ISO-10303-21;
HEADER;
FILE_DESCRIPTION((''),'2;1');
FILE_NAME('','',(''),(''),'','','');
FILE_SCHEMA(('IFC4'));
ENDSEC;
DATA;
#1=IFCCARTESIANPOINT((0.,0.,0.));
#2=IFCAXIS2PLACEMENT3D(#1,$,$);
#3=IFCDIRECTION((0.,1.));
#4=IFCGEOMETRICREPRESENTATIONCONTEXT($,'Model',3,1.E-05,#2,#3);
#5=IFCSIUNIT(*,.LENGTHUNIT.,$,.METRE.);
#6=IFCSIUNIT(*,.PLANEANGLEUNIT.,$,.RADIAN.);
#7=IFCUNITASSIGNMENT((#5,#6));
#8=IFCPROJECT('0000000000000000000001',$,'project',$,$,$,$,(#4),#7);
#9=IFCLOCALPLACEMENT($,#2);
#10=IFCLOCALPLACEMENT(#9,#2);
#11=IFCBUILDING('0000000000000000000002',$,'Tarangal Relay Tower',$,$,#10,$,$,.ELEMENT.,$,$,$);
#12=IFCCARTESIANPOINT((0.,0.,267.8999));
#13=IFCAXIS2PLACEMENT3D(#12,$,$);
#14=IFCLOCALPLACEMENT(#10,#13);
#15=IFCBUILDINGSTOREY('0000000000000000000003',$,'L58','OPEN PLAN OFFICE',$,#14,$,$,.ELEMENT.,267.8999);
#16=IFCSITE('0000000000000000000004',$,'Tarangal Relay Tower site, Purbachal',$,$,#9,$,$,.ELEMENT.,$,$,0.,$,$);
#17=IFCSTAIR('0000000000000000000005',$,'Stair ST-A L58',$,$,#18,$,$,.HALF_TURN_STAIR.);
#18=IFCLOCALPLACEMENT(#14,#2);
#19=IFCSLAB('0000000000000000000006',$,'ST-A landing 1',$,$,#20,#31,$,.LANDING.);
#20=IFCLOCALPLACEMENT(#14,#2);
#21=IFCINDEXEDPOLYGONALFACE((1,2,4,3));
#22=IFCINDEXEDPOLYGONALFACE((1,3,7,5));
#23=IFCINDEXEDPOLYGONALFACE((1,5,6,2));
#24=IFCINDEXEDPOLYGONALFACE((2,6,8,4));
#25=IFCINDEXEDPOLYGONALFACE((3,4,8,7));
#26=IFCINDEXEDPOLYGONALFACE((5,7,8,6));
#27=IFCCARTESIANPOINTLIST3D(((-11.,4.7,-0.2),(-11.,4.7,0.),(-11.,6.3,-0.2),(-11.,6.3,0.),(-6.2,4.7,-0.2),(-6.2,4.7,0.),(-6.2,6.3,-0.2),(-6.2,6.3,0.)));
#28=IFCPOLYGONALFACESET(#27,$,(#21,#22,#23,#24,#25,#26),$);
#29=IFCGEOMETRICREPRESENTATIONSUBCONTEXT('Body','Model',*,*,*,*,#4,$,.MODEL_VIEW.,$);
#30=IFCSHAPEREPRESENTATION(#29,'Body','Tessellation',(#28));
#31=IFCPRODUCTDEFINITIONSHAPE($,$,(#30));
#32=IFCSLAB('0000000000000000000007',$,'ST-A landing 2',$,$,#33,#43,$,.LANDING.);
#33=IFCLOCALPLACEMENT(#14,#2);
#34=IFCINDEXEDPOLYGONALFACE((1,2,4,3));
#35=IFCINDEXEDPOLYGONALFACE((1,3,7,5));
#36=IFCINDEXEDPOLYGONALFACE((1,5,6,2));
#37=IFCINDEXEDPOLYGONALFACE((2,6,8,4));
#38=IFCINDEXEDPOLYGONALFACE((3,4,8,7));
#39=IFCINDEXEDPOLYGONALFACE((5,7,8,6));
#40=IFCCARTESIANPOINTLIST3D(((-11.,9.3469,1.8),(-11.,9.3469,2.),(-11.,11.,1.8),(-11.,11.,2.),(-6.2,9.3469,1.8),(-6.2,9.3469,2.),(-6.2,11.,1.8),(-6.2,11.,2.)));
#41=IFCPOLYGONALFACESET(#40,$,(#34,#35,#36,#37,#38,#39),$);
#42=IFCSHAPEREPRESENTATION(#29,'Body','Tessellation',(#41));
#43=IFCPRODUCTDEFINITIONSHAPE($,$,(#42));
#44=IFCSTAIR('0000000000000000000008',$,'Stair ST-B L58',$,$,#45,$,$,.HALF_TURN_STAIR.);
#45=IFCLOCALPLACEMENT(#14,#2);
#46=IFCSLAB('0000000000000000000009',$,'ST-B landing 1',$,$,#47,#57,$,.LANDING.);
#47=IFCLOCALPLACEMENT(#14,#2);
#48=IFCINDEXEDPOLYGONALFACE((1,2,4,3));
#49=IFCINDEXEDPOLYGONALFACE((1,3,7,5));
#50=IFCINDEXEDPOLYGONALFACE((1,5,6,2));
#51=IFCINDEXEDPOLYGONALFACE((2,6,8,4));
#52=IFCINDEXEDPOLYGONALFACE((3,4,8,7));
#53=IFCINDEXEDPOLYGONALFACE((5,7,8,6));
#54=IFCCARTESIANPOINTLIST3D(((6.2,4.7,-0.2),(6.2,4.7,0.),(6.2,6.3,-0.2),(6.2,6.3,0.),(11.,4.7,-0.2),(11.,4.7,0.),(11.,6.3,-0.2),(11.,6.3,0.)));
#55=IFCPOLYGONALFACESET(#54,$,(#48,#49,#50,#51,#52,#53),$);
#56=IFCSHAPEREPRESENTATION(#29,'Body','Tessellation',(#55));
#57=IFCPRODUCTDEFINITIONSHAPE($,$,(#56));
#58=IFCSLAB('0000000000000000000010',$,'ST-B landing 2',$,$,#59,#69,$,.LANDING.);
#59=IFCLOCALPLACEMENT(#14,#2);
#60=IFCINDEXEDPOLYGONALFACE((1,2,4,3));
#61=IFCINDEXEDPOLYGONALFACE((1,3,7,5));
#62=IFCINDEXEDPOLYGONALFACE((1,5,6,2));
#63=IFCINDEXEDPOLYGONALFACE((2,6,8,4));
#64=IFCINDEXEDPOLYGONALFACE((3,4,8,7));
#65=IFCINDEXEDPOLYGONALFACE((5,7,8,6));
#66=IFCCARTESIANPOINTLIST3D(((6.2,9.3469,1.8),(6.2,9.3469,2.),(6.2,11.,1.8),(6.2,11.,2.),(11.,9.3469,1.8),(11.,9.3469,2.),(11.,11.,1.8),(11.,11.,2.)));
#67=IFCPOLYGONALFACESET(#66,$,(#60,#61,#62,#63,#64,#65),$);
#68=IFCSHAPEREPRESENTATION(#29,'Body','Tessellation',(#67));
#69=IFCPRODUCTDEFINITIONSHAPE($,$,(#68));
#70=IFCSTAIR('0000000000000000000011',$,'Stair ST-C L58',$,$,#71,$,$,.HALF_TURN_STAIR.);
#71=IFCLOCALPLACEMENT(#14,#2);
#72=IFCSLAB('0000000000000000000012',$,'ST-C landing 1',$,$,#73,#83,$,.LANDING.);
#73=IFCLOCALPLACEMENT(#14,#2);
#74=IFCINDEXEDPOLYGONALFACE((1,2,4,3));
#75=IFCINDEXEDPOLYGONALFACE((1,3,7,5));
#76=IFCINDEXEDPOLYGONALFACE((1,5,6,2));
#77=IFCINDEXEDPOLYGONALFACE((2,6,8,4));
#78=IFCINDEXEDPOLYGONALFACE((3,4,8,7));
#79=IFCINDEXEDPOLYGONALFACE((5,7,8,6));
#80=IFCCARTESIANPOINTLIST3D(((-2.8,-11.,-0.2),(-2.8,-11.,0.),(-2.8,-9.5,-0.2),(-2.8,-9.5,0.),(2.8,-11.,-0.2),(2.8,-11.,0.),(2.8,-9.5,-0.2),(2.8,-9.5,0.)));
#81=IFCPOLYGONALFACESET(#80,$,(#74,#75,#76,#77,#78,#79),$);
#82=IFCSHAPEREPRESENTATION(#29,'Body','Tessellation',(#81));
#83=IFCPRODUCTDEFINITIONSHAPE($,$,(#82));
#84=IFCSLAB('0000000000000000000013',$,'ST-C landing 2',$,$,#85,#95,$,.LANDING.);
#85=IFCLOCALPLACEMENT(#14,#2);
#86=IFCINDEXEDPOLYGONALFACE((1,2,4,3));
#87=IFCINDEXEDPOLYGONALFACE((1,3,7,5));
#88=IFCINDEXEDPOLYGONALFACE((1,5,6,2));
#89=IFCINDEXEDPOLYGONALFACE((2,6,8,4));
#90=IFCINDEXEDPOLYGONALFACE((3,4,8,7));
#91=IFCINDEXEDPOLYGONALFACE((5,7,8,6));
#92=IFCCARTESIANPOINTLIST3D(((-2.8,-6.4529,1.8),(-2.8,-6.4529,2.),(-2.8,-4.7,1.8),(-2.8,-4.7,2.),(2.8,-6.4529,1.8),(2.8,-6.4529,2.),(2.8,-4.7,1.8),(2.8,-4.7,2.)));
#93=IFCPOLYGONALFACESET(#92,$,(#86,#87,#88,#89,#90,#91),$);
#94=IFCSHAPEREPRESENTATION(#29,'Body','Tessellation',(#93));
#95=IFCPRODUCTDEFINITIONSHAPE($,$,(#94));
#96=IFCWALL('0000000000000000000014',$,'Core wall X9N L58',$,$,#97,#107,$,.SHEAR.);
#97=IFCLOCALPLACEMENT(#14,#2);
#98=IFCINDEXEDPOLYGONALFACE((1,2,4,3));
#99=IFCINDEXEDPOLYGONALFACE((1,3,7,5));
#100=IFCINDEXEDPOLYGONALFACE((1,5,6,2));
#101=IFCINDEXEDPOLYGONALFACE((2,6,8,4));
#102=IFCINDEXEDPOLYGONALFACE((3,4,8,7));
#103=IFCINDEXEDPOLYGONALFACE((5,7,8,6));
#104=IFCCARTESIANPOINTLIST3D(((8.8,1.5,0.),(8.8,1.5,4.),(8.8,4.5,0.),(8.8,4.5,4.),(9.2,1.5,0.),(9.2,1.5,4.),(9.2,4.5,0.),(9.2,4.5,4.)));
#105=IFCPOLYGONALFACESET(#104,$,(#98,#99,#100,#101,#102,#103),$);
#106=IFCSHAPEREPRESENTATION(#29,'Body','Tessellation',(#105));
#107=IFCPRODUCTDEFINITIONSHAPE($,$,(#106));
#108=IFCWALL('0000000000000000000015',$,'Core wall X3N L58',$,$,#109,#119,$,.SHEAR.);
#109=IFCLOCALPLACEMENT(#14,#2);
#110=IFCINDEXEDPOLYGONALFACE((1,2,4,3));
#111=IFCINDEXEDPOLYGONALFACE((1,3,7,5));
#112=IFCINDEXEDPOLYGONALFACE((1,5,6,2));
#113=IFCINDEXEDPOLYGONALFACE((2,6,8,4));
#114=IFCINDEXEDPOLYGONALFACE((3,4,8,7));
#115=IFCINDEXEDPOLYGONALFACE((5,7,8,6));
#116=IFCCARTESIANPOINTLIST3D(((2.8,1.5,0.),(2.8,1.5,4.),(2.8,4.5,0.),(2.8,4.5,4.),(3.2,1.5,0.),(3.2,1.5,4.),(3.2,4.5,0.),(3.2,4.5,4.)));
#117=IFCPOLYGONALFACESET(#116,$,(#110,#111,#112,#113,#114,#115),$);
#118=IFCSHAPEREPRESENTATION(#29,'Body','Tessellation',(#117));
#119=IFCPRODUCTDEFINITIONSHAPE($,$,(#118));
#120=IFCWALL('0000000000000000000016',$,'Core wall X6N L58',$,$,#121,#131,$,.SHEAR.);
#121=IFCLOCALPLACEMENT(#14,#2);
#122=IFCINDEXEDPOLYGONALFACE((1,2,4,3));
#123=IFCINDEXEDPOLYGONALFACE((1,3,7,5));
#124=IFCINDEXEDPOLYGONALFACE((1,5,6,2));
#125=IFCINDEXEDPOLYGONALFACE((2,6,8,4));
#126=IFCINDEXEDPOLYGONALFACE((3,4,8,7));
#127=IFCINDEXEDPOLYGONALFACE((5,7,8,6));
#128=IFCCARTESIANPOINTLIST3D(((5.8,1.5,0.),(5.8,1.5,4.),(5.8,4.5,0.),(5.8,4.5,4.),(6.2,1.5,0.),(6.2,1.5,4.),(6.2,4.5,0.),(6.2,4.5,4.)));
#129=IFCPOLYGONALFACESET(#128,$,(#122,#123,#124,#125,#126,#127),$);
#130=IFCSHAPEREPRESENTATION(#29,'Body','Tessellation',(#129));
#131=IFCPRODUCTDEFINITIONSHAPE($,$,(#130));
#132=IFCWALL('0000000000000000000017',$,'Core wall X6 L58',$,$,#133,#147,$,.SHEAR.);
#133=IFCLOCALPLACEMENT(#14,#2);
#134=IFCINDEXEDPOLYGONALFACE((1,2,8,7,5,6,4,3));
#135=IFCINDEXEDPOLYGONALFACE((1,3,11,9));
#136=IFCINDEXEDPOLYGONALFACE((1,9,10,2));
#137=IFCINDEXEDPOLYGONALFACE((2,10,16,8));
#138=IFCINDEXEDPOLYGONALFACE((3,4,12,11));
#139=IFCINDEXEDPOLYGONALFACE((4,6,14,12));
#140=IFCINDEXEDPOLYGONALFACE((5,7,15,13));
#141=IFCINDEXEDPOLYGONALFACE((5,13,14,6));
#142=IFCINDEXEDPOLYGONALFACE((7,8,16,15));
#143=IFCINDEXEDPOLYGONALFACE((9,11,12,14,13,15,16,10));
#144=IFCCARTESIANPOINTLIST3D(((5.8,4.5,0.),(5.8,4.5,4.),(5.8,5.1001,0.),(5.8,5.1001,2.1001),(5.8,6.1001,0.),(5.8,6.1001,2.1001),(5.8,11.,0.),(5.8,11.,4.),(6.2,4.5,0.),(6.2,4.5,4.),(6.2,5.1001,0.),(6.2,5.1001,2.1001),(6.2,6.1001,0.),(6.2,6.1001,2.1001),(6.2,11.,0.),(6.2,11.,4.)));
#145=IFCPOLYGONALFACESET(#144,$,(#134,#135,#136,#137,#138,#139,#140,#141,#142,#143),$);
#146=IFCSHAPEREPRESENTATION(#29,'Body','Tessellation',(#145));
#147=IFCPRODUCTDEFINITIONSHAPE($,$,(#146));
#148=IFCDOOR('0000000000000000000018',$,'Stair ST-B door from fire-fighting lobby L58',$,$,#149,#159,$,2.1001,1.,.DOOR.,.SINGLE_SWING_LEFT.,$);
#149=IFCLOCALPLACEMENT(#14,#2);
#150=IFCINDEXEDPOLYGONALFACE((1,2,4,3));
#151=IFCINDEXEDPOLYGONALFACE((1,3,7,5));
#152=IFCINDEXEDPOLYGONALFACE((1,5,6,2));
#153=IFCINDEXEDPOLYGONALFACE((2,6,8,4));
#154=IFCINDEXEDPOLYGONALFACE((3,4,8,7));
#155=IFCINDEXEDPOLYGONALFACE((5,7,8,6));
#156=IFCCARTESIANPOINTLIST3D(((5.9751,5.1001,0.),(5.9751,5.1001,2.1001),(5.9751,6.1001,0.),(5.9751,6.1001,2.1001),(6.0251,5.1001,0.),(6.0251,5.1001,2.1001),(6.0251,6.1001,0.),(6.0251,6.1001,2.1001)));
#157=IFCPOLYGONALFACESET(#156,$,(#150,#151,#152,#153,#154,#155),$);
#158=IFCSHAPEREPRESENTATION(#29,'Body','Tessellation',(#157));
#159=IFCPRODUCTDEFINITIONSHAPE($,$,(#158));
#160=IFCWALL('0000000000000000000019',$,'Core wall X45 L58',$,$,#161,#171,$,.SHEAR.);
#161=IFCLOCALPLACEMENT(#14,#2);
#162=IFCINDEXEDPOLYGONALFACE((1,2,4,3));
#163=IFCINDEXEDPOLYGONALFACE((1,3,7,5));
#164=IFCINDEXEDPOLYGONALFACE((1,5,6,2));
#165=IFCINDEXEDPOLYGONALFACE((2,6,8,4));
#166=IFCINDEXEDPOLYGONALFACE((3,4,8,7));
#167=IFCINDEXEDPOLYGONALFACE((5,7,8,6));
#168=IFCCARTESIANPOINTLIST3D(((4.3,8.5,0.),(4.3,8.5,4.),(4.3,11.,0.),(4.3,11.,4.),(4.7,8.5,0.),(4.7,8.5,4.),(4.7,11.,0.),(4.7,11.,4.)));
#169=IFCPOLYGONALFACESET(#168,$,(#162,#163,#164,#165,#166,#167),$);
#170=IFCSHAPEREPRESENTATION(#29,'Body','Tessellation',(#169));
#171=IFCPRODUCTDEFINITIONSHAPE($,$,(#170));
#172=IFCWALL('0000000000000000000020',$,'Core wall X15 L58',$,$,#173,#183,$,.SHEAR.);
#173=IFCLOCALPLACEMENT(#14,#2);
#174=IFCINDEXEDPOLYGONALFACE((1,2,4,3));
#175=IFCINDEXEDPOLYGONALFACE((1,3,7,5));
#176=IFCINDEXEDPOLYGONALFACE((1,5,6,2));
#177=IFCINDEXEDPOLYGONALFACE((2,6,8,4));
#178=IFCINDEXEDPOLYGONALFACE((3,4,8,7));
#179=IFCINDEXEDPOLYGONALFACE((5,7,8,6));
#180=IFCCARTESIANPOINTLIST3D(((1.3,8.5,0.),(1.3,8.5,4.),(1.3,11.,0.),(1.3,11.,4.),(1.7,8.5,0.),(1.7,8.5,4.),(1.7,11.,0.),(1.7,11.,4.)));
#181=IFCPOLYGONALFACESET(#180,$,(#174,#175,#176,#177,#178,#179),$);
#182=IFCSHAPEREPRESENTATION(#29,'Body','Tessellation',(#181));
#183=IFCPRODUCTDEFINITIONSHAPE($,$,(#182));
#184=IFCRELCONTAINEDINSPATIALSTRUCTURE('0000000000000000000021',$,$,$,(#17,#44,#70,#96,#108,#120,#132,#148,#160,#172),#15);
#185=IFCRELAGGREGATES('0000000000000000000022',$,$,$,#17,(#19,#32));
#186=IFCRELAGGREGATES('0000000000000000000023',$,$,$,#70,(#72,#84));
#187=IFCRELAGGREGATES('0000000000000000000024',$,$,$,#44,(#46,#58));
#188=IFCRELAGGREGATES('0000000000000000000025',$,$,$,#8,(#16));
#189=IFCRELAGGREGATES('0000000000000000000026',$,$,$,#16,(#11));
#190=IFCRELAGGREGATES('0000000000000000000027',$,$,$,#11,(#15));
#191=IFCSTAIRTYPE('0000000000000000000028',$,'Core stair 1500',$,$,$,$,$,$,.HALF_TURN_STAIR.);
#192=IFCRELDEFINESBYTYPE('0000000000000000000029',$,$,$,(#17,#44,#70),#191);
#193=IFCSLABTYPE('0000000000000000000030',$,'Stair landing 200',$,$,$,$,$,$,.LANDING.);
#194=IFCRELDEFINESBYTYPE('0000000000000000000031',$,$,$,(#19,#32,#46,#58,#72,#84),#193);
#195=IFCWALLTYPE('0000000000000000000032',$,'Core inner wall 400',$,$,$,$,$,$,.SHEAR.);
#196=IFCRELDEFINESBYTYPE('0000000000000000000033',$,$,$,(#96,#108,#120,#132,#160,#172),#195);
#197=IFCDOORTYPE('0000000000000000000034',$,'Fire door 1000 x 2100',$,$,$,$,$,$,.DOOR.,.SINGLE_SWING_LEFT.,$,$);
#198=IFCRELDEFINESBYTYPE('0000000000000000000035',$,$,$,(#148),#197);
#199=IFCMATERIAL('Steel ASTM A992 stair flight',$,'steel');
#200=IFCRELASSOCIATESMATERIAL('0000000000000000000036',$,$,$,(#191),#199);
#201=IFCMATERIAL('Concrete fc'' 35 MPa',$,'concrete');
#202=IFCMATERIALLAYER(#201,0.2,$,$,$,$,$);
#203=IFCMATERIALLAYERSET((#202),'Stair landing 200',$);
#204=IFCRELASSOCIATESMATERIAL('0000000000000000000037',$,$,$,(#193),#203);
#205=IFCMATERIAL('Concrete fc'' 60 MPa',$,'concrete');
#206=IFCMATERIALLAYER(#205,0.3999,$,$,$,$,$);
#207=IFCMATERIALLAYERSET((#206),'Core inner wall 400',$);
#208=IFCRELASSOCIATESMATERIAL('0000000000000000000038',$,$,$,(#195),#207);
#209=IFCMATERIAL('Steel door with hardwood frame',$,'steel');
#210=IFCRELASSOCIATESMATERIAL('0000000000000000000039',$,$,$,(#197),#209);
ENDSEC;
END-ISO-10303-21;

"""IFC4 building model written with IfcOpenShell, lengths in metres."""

from ifc_helpers import new_model, si_unit, direction, frame, frame_2d, origin, place, context, subcontext, project, spatial, polyline, rectangle, outline, extrude, material, layer, layer_set, type_object, element, fill, aggregate, save


model = new_model("IFC4")

# Units and contexts
model_context = context("Model", 3, precision=1e-05, world=origin(), true_north=direction((0.0, 1.0)))
body_context = subcontext(model_context, "Body", "Model", "MODEL_VIEW")
ifc_project = project(units=[si_unit("LENGTHUNIT", "METRE"), si_unit("PLANEANGLEUNIT", "RADIAN")], contexts=[model_context])

# Site, building, storey
site_placement = place(None, origin())
site = spatial("IfcSite", under=ifc_project, at=site_placement, Name="Tarangal Relay Tower site, Purbachal", CompositionType="ELEMENT", RefElevation=0.0)
building_placement = place(site_placement, origin())
building = spatial("IfcBuilding", under=site, at=building_placement, Name="Tarangal Relay Tower", CompositionType="ELEMENT")
storey_placement = place(building_placement, frame((0.0, 0.0, 267.8999)))
storey = spatial("IfcBuildingStorey", under=building, at=storey_placement, Name="L58", Description="OPEN PLAN OFFICE", CompositionType="ELEMENT", Elevation=267.8999)

# Stairs, slabs
ifc_material_1 = material(Name="Steel ASTM A992 stair flight", Category="steel")
stair_type = type_object("IfcStairType", Name="Core stair 1500", PredefinedType="HALF_TURN_STAIR", material=ifc_material_1)
stair_1_placement = place(storey_placement, origin())
stair_1 = element("IfcStair", 1, at=stair_1_placement, inside=storey, type_object=stair_type, Name="Stair ST-A L58", PredefinedType="HALF_TURN_STAIR")
ifc_material_2 = material(Name="Concrete fc' 35 MPa", Category="concrete")
ifc_layer_1 = layer(ifc_material_2, 0.2)
ifc_layer_set_1 = layer_set([ifc_layer_1], Name="Stair landing 200")
slab_type = type_object("IfcSlabType", Name="Stair landing 200", PredefinedType="LANDING", material=ifc_layer_set_1)
slab_1_placement = place(storey_placement, frame((0.0, 0.0, -0.2)))
slab_1 = element("IfcSlab", 2, at=slab_1_placement, type_object=slab_type, Name="ST-A landing 1", PredefinedType="LANDING", context=body_context, shape_type="SweptSolid", body=[
    extrude(outline(polyline([(-11.0, 4.7), (-6.2, 4.7), (-6.2, 6.3), (-11.0, 6.3), (-11.0, 4.7)])), origin(), (0.0, 0.0, 1.0), 0.2),
])
slab_2_placement = place(storey_placement, frame((0.0, 0.0, 1.8)))
slab_2 = element("IfcSlab", 3, at=slab_2_placement, type_object=slab_type, Name="ST-A landing 2", PredefinedType="LANDING", context=body_context, shape_type="SweptSolid", body=[
    extrude(outline(polyline([(-11.0, 9.3469), (-6.2, 9.3469), (-6.2, 11.0), (-11.0, 11.0), (-11.0, 9.3469)])), origin(), (0.0, 0.0, 1.0), 0.2),
])
aggregate(stair_1, [slab_1, slab_2])
stair_2_placement = place(storey_placement, origin())
stair_2 = element("IfcStair", 4, at=stair_2_placement, inside=storey, type_object=stair_type, Name="Stair ST-B L58", PredefinedType="HALF_TURN_STAIR")
slab_3_placement = place(storey_placement, frame((0.0, 0.0, -0.2)))
slab_3 = element("IfcSlab", 5, at=slab_3_placement, type_object=slab_type, Name="ST-B landing 1", PredefinedType="LANDING", context=body_context, shape_type="SweptSolid", body=[
    extrude(outline(polyline([(6.2, 4.7), (11.0, 4.7), (11.0, 6.3), (6.2, 6.3), (6.2, 4.7)])), origin(), (0.0, 0.0, 1.0), 0.2),
])
slab_4_placement = place(storey_placement, frame((0.0, 0.0, 1.8)))
slab_4 = element("IfcSlab", 6, at=slab_4_placement, type_object=slab_type, Name="ST-B landing 2", PredefinedType="LANDING", context=body_context, shape_type="SweptSolid", body=[
    extrude(outline(polyline([(6.2, 9.3469), (11.0, 9.3469), (11.0, 11.0), (6.2, 11.0), (6.2, 9.3469)])), origin(), (0.0, 0.0, 1.0), 0.2),
])
stair_3_placement = place(storey_placement, origin())
stair_3 = element("IfcStair", 7, at=stair_3_placement, inside=storey, type_object=stair_type, Name="Stair ST-C L58", PredefinedType="HALF_TURN_STAIR")
slab_5_placement = place(storey_placement, frame((0.0, 0.0, -0.2)))
slab_5 = element("IfcSlab", 8, at=slab_5_placement, type_object=slab_type, Name="ST-C landing 1", PredefinedType="LANDING", context=body_context, shape_type="SweptSolid", body=[
    extrude(outline(polyline([(-2.8, -11.0), (2.8, -11.0), (2.8, -9.5), (-2.8, -9.5), (-2.8, -11.0)])), origin(), (0.0, 0.0, 1.0), 0.2),
])
slab_6_placement = place(storey_placement, frame((0.0, 0.0, 1.8)))
slab_6 = element("IfcSlab", 9, at=slab_6_placement, type_object=slab_type, Name="ST-C landing 2", PredefinedType="LANDING", context=body_context, shape_type="SweptSolid", body=[
    extrude(outline(polyline([(-2.8, -6.4529), (2.8, -6.4529), (2.8, -4.7), (-2.8, -4.7), (-2.8, -6.4529)])), origin(), (0.0, 0.0, 1.0), 0.2),
])
aggregate(stair_3, [slab_5, slab_6])

# Walls
ifc_material_3 = material(Name="Concrete fc' 60 MPa", Category="concrete")
ifc_layer_2 = layer(ifc_material_3, 0.3999)
ifc_layer_set_2 = layer_set([ifc_layer_2], Name="Core inner wall 400")
wall_type_1 = type_object("IfcWallType", Name="Core inner wall 400", PredefinedType="SHEAR", material=ifc_layer_set_2)
for number, where, z_axis, x_axis, name in (
    (10, (9.0, 1.5, 0.0), (0.0, 0.0, 1.0), (0.0, 1.0, 0.0), "Core wall X9N L58"),
    (11, (3.0, 1.5, 0.0), (0.0, 0.0, 1.0), (0.0, 1.0, 0.0), "Core wall X3N L58"),
    (12, (6.0, 1.5, 0.0), (0.0, 0.0, 1.0), (0.0, 1.0, 0.0), "Core wall X6N L58"),
):
    element("IfcWall", number, at=place(storey_placement, frame(where, z_axis=z_axis, x_axis=x_axis)), inside=storey, type_object=wall_type_1, Name=name, PredefinedType="SHEAR", context=body_context, shape_type="SweptSolid", body=[
        extrude(rectangle(XDim=3.0, YDim=0.3999, at=frame_2d((1.5, 0.0))), origin(), (0.0, 0.0, 1.0), 4.0),
    ])

# Wall, opening, door
wall_1_placement = place(storey_placement, frame((6.0, 4.5, 0.0), z_axis=(0.0, 0.0, 1.0), x_axis=(0.0, 1.0, 0.0)))
wall_1 = element("IfcWall", 13, at=wall_1_placement, inside=storey, type_object=wall_type_1, Name="Core wall X6 L58", PredefinedType="SHEAR", context=body_context, shape_type="SweptSolid", body=[
    extrude(rectangle(XDim=6.5, YDim=0.3999, at=frame_2d((3.25, 0.0))), origin(), (0.0, 0.0, 1.0), 4.0),
])
opening_1_placement = place(wall_1_placement, frame((0.6001, 0.0, 0.0)))
opening_1 = element("IfcOpeningElement", 14, at=opening_1_placement, cuts=wall_1, PredefinedType="OPENING", context=body_context, shape_type="SweptSolid", body=[
    extrude(rectangle(XDim=1.0, YDim=2.1001, at=frame_2d((0.5, 1.05))), frame((0.0, 0.21, 0.0), z_axis=(0.0, -1.0, 0.0), x_axis=(1.0, 0.0, 0.0)), (0.0, 0.0, 1.0), 0.4199),
])
ifc_material_4 = material(Name="Steel door with hardwood frame", Category="steel")
door_type_1 = type_object("IfcDoorType", Name="Fire door 1000 x 2100", OperationType="SINGLE_SWING_LEFT", PredefinedType="DOOR", material=ifc_material_4)
door_1_placement = place(opening_1_placement, origin())
door_1 = element("IfcDoor", 15, at=door_1_placement, inside=storey, type_object=door_type_1, Name="Stair ST-B door from fire-fighting lobby L58", OperationType="SINGLE_SWING_LEFT", OverallHeight=2.1001, OverallWidth=1.0, PredefinedType="DOOR", context=body_context, shape_type="SweptSolid", body=[
    extrude(rectangle(XDim=1.0, YDim=2.1001, at=frame_2d((0.5, 1.05))), frame((0.0, 0.0249, 0.0), z_axis=(0.0, -1.0, 0.0), x_axis=(1.0, 0.0, 0.0)), (0.0, 0.0, 1.0), 0.05),
])
fill(opening_1, door_1)

# Walls
for number, where, z_axis, x_axis, name in (
    (16, (4.5, 8.5, 0.0), (0.0, 0.0, 1.0), (0.0, 1.0, 0.0), "Core wall X45 L58"),
    (17, (1.5, 8.5, 0.0), (0.0, 0.0, 1.0), (0.0, 1.0, 0.0), "Core wall X15 L58"),
):
    element("IfcWall", number, at=place(storey_placement, frame(where, z_axis=z_axis, x_axis=x_axis)), inside=storey, type_object=wall_type_1, Name=name, PredefinedType="SHEAR", context=body_context, shape_type="SweptSolid", body=[
        extrude(rectangle(XDim=2.5, YDim=0.3999, at=frame_2d((1.25, 0.0))), origin(), (0.0, 0.0, 1.0), 4.0),
    ])

aggregate(stair_2, [slab_3, slab_4])

save(model, "model.ifc")
